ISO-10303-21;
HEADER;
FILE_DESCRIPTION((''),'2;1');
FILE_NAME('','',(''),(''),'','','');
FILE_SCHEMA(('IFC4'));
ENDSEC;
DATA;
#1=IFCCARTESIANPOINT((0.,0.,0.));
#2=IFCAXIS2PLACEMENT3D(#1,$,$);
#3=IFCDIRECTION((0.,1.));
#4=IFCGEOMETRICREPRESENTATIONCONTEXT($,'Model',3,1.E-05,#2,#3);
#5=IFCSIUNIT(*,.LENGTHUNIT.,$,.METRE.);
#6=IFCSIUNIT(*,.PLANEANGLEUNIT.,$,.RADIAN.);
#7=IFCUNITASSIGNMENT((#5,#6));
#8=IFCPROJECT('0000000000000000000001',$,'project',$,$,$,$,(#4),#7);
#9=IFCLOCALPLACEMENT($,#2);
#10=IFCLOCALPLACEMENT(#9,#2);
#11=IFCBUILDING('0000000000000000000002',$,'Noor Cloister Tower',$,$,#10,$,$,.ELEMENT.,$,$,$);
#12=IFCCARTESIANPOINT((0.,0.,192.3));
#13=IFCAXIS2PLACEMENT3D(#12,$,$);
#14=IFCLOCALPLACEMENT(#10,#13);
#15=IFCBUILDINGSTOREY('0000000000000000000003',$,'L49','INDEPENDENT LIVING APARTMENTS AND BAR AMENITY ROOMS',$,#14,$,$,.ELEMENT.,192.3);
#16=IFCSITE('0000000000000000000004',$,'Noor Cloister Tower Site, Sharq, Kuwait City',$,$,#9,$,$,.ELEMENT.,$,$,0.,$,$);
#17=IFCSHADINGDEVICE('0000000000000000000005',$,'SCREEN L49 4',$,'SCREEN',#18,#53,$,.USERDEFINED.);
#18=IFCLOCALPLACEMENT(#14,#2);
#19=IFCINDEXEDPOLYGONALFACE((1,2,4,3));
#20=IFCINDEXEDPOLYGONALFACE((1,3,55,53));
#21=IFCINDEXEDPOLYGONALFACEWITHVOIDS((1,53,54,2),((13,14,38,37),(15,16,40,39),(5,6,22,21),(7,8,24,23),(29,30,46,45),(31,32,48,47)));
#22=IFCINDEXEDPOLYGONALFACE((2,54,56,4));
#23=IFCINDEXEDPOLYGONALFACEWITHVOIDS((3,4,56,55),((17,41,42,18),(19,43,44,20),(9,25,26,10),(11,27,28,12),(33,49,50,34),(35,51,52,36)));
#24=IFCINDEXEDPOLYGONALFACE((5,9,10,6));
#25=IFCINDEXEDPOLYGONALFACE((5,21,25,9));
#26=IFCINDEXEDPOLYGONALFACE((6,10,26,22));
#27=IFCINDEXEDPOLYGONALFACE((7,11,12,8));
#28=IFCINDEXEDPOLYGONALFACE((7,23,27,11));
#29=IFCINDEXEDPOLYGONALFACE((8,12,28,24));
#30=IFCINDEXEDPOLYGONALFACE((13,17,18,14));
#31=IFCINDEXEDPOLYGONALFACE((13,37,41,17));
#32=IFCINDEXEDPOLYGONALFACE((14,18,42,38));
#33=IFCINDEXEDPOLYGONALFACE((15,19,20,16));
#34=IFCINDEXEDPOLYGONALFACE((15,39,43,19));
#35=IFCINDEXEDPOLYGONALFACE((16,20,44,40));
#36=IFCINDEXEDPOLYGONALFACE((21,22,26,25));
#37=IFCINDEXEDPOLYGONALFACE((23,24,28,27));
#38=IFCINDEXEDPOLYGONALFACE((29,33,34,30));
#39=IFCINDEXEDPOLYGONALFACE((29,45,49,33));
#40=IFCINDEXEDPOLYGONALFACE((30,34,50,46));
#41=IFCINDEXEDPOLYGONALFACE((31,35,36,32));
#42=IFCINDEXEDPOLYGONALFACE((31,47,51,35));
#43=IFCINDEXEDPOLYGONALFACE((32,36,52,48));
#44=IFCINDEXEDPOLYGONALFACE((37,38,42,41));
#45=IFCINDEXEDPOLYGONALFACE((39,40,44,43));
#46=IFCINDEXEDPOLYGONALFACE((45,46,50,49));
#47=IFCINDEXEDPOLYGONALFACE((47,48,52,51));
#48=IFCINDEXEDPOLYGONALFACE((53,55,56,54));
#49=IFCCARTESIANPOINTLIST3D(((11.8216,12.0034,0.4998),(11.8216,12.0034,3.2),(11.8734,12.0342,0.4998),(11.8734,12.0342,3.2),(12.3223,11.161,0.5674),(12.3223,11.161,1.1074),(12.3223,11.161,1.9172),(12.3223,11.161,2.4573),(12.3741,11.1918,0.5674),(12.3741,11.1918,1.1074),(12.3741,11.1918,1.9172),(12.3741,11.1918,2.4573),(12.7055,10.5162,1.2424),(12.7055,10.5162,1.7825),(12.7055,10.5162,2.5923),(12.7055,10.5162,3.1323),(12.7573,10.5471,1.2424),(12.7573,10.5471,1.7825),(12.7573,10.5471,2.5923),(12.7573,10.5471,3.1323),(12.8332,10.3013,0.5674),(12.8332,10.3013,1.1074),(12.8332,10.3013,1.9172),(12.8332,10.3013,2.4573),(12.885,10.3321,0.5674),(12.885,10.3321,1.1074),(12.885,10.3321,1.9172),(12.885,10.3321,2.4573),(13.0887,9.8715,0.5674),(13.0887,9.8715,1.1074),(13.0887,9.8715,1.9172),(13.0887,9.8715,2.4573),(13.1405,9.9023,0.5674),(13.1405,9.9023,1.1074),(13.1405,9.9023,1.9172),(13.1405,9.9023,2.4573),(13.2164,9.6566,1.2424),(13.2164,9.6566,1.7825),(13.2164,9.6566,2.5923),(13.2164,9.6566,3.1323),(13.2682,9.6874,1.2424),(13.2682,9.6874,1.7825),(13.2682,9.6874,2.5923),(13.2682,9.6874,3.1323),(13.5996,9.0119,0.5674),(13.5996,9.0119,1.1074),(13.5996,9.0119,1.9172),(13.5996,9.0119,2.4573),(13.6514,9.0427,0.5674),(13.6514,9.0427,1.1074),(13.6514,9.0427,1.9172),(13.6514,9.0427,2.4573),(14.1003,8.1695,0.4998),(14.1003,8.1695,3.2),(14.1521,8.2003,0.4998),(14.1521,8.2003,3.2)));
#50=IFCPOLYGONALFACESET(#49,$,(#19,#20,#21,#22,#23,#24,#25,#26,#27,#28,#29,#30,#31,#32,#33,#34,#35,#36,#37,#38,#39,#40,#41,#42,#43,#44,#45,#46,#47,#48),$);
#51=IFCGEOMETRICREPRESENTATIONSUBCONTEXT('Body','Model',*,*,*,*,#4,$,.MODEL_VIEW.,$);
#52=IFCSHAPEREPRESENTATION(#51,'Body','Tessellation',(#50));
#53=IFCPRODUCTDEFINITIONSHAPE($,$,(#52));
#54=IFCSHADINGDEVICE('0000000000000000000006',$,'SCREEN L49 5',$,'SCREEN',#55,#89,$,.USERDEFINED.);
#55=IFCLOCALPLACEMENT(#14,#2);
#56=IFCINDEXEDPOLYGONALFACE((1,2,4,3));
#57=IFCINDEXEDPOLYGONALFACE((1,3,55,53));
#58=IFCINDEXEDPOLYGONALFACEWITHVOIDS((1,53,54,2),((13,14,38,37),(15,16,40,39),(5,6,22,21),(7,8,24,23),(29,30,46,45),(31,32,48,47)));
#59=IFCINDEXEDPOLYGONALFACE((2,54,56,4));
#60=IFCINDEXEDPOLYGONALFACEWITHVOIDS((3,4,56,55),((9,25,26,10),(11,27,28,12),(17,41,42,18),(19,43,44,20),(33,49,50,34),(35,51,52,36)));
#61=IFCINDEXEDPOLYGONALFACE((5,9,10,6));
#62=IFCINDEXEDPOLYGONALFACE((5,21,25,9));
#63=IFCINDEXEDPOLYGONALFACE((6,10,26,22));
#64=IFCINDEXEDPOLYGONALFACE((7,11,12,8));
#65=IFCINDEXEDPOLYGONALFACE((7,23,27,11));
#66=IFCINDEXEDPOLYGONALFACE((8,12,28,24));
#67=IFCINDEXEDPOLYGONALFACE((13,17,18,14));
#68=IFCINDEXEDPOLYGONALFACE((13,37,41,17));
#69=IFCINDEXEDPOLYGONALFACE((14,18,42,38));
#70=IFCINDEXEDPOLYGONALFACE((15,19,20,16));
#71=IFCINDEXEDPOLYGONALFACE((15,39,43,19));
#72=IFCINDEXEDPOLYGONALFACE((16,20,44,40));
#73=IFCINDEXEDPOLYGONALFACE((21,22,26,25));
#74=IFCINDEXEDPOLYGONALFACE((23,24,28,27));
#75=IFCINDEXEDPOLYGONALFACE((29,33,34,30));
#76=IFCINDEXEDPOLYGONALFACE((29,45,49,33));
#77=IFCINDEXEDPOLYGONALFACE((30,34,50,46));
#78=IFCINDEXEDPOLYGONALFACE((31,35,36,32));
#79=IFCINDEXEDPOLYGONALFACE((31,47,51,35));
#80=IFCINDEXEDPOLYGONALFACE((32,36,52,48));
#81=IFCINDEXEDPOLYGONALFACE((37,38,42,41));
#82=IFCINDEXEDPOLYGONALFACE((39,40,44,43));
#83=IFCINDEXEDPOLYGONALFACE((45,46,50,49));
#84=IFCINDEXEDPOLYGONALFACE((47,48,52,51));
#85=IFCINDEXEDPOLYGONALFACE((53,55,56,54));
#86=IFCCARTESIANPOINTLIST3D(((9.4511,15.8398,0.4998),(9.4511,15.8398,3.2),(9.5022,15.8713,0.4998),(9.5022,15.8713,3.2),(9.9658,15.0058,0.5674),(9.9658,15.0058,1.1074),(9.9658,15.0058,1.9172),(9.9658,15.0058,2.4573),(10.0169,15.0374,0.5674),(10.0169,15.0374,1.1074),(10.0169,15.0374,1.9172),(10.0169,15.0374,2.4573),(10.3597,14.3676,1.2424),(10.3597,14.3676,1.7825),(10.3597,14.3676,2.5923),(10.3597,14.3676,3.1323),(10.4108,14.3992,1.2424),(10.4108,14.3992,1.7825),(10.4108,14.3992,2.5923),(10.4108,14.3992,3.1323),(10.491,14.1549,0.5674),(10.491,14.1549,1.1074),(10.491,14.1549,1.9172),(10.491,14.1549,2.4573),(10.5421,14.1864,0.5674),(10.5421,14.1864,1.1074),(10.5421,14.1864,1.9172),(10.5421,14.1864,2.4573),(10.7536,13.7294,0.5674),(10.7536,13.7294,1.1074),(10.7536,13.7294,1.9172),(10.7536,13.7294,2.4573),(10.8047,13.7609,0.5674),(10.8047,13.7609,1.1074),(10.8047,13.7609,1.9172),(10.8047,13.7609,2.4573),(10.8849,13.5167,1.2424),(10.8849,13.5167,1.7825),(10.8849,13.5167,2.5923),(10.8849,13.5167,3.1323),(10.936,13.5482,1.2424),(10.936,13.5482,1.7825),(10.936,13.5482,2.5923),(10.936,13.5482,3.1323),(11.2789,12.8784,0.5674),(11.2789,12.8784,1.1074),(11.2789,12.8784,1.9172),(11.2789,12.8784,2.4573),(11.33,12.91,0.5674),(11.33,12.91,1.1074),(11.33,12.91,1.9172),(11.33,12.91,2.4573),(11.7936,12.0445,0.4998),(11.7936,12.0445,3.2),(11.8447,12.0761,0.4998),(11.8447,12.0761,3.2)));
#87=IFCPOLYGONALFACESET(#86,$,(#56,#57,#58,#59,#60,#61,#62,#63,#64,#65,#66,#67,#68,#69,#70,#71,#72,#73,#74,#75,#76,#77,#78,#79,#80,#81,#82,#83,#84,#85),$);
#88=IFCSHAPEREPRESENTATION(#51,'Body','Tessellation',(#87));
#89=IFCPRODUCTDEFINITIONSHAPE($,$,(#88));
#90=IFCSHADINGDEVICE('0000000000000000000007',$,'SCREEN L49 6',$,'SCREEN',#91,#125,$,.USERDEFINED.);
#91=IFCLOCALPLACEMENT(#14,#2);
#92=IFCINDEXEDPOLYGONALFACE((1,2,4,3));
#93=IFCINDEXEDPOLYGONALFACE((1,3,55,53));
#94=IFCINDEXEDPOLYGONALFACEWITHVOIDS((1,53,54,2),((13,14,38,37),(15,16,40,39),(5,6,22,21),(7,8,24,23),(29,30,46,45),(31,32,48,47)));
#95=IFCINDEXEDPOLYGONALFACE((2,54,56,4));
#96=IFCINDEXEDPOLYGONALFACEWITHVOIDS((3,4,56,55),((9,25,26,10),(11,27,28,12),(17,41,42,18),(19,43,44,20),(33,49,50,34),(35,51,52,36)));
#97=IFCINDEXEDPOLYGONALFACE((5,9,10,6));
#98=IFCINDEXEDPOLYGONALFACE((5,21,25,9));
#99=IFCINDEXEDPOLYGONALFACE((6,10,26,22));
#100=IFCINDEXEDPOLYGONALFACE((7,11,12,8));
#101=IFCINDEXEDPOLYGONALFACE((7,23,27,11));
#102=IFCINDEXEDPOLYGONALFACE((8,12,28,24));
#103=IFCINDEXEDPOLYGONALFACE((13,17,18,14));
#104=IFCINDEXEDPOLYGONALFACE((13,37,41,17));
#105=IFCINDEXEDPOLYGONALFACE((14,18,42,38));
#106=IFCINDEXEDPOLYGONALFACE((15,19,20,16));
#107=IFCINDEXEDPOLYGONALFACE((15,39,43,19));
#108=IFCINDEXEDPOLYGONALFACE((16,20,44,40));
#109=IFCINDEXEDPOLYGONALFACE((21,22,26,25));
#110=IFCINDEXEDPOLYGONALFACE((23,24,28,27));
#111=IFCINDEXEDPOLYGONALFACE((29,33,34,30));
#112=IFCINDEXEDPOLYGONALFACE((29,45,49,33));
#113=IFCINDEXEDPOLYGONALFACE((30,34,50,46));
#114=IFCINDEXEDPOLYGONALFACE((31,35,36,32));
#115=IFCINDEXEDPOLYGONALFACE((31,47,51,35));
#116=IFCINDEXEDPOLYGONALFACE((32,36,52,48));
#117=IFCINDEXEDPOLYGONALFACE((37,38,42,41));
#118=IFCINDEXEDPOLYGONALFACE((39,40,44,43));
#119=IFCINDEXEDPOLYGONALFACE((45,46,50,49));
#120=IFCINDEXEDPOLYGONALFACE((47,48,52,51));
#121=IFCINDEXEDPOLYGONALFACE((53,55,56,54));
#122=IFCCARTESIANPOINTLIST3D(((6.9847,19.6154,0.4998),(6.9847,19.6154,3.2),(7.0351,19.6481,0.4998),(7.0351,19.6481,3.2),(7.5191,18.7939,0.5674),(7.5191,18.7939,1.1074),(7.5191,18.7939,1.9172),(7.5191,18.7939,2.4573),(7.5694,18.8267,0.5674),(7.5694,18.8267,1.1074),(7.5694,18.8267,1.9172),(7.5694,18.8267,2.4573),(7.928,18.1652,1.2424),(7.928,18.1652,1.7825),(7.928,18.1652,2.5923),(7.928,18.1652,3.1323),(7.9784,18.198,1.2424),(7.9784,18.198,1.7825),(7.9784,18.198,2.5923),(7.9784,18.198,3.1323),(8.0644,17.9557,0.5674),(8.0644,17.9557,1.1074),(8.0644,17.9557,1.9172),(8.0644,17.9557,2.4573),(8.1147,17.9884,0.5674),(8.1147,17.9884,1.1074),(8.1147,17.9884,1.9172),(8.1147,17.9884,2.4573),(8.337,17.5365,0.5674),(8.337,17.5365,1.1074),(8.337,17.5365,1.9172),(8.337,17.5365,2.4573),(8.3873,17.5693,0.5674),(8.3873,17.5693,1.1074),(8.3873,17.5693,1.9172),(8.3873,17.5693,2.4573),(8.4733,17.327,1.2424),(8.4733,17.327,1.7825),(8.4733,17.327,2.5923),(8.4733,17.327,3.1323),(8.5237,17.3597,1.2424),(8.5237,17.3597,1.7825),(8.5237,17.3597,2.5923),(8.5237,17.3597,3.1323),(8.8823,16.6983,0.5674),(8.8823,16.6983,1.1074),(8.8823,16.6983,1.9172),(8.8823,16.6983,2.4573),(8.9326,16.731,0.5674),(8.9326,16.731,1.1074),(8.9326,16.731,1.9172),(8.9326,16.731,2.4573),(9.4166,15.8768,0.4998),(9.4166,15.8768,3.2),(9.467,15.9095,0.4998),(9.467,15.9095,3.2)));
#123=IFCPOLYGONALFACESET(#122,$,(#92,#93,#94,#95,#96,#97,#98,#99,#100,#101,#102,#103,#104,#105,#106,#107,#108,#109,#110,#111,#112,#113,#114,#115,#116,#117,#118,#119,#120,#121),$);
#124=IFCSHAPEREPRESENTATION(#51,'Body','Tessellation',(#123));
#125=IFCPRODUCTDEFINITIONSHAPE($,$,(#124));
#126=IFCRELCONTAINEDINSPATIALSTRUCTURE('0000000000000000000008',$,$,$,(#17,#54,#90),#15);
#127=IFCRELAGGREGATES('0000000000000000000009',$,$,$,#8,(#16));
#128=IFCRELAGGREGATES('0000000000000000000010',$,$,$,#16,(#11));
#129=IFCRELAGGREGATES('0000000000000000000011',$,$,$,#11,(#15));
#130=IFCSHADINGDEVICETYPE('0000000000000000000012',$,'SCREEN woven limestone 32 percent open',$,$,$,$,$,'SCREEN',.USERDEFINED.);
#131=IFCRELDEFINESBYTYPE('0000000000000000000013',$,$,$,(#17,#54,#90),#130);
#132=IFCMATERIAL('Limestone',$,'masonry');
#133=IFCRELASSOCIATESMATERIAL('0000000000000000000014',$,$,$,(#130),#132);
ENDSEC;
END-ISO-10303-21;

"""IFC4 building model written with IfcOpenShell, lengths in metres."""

from ifc_helpers import new_model, si_unit, direction, frame, origin, place, context, subcontext, project, spatial, polyline, outline, extrude, material, material_profile, profile_set, type_object, element, save


model = new_model("IFC4")

# Units and contexts
model_context = context("Model", 3, precision=1e-05, world=origin(), true_north=direction((0.0, 1.0)))
body_context = subcontext(model_context, "Body", "Model", "MODEL_VIEW")
ifc_project = project(units=[si_unit("LENGTHUNIT", "METRE"), si_unit("PLANEANGLEUNIT", "RADIAN")], contexts=[model_context])

# Site, building, storey
site_placement = place(None, origin())
site = spatial("IfcSite", under=ifc_project, at=site_placement, Name="Noor Cloister Tower Site, Sharq, Kuwait City", CompositionType="ELEMENT", RefElevation=0.0)
building_placement = place(site_placement, origin())
building = spatial("IfcBuilding", under=site, at=building_placement, Name="Noor Cloister Tower", CompositionType="ELEMENT")
storey_placement = place(building_placement, frame((0.0, 0.0, 192.3)))
storey = spatial("IfcBuildingStorey", under=building, at=storey_placement, Name="L49", Description="INDEPENDENT LIVING APARTMENTS AND BAR AMENITY ROOMS", CompositionType="ELEMENT", Elevation=192.3)

# Shading devices
ifc_material_1 = material(Name="Limestone", Category="masonry")
ifc_material_profile_1 = material_profile(ifc_material_1, outline(polyline([(-2.23, -1.3501), (2.23, -1.3501), (2.23, 1.3501), (-2.23, 1.3501), (-2.23, -1.3501)]), holes=[polyline([(-1.25, -1.2825), (-0.25, -1.2825), (-0.25, -0.7424), (-1.25, -0.7424), (-1.25, -1.2825)]), polyline([(0.25, -1.2825), (1.25, -1.2825), (1.25, -0.7424), (0.25, -0.7424), (0.25, -1.2825)]), polyline([(-0.5, -0.6074), (0.5, -0.6074), (0.5, -0.0674), (-0.5, -0.0674), (-0.5, -0.6074)]), polyline([(-1.25, 0.0674), (-0.25, 0.0674), (-0.25, 0.6074), (-1.25, 0.6074), (-1.25, 0.0674)]), polyline([(0.25, 0.0674), (1.25, 0.0674), (1.25, 0.6074), (0.25, 0.6074), (0.25, 0.0674)]), polyline([(-0.5, 0.7424), (0.5, 0.7424), (0.5, 1.2825), (-0.5, 1.2825), (-0.5, 0.7424)])]), Name="Woven screen 32 percent open")
ifc_profile_set_1 = profile_set([ifc_material_profile_1], Name="Limestone")
shading_device_type = type_object("IfcShadingDeviceType", Name="SCREEN woven limestone 32 percent open", ElementType="SCREEN", PredefinedType="USERDEFINED", material=ifc_profile_set_1)
shading_device_placement = place(storey_placement, frame((12.9609, 10.0864, 1.8499), z_axis=(0.859632, 0.510913, 0.0), x_axis=(-0.510913, 0.859632, 0.0)))
element("IfcShadingDevice", 1, at=shading_device_placement, inside=storey, type_object=shading_device_type, Name="SCREEN L49 4", ObjectType="SCREEN", PredefinedType="USERDEFINED", context=body_context, shape_type="SweptSolid", body=[
    extrude(outline(polyline([(-2.23, -1.3501), (2.23, -1.3501), (2.23, 1.3501), (-2.23, 1.3501), (-2.23, -1.3501)]), holes=[polyline([(-1.25, -1.2825), (-0.25, -1.2825), (-0.25, -0.7424), (-1.25, -0.7424), (-1.25, -1.2825)]), polyline([(0.25, -1.2825), (1.25, -1.2825), (1.25, -0.7424), (0.25, -0.7424), (0.25, -1.2825)]), polyline([(-0.5, -0.6074), (0.5, -0.6074), (0.5, -0.0674), (-0.5, -0.0674), (-0.5, -0.6074)]), polyline([(-1.25, 0.0674), (-0.25, 0.0674), (-0.25, 0.6074), (-1.25, 0.6074), (-1.25, 0.0674)]), polyline([(0.25, 0.0674), (1.25, 0.0674), (1.25, 0.6074), (0.25, 0.6074), (0.25, 0.0674)]), polyline([(-0.5, 0.7424), (0.5, 0.7424), (0.5, 1.2825), (-0.5, 1.2825), (-0.5, 0.7424)])]), origin(), (0.0, 0.0, 1.0), 0.0603),
])
for number, where, z_axis, x_axis, name in (
    (2, (10.6223, 13.9421, 1.8499), (0.850959, 0.525233, 0.0), (-0.525233, 0.850959, 0.0), "SCREEN L49 5"),
    (3, (8.2007, 17.7461, 1.8499), (0.838258, 0.545274, 0.0), (-0.545274, 0.838258, 0.0), "SCREEN L49 6"),
):
    element("IfcShadingDevice", number, at=place(storey_placement, frame(where, z_axis=z_axis, x_axis=x_axis)), inside=storey, type_object=shading_device_type, Name=name, ObjectType="SCREEN", PredefinedType="USERDEFINED", context=body_context, shape_type="SweptSolid", body=[
        extrude(outline(polyline([(-2.23, -1.3501), (2.23, -1.3501), (2.23, 1.3501), (-2.23, 1.3501), (-2.23, -1.3501)]), holes=[polyline([(-1.25, -1.2825), (-0.25, -1.2825), (-0.25, -0.7424), (-1.25, -0.7424), (-1.25, -1.2825)]), polyline([(0.25, -1.2825), (1.25, -1.2825), (1.25, -0.7424), (0.25, -0.7424), (0.25, -1.2825)]), polyline([(-0.5, -0.6074), (0.5, -0.6074), (0.5, -0.0674), (-0.5, -0.0674), (-0.5, -0.6074)]), polyline([(-1.25, 0.0674), (-0.25, 0.0674), (-0.25, 0.6074), (-1.25, 0.6074), (-1.25, 0.0674)]), polyline([(0.25, 0.0674), (1.25, 0.0674), (1.25, 0.6074), (0.25, 0.6074), (0.25, 0.0674)]), polyline([(-0.5, 0.7424), (0.5, 0.7424), (0.5, 1.2825), (-0.5, 1.2825), (-0.5, 0.7424)])]), origin(), (0.0, 0.0, 1.0), 0.0601),
    ])

save(model, "model.ifc")
